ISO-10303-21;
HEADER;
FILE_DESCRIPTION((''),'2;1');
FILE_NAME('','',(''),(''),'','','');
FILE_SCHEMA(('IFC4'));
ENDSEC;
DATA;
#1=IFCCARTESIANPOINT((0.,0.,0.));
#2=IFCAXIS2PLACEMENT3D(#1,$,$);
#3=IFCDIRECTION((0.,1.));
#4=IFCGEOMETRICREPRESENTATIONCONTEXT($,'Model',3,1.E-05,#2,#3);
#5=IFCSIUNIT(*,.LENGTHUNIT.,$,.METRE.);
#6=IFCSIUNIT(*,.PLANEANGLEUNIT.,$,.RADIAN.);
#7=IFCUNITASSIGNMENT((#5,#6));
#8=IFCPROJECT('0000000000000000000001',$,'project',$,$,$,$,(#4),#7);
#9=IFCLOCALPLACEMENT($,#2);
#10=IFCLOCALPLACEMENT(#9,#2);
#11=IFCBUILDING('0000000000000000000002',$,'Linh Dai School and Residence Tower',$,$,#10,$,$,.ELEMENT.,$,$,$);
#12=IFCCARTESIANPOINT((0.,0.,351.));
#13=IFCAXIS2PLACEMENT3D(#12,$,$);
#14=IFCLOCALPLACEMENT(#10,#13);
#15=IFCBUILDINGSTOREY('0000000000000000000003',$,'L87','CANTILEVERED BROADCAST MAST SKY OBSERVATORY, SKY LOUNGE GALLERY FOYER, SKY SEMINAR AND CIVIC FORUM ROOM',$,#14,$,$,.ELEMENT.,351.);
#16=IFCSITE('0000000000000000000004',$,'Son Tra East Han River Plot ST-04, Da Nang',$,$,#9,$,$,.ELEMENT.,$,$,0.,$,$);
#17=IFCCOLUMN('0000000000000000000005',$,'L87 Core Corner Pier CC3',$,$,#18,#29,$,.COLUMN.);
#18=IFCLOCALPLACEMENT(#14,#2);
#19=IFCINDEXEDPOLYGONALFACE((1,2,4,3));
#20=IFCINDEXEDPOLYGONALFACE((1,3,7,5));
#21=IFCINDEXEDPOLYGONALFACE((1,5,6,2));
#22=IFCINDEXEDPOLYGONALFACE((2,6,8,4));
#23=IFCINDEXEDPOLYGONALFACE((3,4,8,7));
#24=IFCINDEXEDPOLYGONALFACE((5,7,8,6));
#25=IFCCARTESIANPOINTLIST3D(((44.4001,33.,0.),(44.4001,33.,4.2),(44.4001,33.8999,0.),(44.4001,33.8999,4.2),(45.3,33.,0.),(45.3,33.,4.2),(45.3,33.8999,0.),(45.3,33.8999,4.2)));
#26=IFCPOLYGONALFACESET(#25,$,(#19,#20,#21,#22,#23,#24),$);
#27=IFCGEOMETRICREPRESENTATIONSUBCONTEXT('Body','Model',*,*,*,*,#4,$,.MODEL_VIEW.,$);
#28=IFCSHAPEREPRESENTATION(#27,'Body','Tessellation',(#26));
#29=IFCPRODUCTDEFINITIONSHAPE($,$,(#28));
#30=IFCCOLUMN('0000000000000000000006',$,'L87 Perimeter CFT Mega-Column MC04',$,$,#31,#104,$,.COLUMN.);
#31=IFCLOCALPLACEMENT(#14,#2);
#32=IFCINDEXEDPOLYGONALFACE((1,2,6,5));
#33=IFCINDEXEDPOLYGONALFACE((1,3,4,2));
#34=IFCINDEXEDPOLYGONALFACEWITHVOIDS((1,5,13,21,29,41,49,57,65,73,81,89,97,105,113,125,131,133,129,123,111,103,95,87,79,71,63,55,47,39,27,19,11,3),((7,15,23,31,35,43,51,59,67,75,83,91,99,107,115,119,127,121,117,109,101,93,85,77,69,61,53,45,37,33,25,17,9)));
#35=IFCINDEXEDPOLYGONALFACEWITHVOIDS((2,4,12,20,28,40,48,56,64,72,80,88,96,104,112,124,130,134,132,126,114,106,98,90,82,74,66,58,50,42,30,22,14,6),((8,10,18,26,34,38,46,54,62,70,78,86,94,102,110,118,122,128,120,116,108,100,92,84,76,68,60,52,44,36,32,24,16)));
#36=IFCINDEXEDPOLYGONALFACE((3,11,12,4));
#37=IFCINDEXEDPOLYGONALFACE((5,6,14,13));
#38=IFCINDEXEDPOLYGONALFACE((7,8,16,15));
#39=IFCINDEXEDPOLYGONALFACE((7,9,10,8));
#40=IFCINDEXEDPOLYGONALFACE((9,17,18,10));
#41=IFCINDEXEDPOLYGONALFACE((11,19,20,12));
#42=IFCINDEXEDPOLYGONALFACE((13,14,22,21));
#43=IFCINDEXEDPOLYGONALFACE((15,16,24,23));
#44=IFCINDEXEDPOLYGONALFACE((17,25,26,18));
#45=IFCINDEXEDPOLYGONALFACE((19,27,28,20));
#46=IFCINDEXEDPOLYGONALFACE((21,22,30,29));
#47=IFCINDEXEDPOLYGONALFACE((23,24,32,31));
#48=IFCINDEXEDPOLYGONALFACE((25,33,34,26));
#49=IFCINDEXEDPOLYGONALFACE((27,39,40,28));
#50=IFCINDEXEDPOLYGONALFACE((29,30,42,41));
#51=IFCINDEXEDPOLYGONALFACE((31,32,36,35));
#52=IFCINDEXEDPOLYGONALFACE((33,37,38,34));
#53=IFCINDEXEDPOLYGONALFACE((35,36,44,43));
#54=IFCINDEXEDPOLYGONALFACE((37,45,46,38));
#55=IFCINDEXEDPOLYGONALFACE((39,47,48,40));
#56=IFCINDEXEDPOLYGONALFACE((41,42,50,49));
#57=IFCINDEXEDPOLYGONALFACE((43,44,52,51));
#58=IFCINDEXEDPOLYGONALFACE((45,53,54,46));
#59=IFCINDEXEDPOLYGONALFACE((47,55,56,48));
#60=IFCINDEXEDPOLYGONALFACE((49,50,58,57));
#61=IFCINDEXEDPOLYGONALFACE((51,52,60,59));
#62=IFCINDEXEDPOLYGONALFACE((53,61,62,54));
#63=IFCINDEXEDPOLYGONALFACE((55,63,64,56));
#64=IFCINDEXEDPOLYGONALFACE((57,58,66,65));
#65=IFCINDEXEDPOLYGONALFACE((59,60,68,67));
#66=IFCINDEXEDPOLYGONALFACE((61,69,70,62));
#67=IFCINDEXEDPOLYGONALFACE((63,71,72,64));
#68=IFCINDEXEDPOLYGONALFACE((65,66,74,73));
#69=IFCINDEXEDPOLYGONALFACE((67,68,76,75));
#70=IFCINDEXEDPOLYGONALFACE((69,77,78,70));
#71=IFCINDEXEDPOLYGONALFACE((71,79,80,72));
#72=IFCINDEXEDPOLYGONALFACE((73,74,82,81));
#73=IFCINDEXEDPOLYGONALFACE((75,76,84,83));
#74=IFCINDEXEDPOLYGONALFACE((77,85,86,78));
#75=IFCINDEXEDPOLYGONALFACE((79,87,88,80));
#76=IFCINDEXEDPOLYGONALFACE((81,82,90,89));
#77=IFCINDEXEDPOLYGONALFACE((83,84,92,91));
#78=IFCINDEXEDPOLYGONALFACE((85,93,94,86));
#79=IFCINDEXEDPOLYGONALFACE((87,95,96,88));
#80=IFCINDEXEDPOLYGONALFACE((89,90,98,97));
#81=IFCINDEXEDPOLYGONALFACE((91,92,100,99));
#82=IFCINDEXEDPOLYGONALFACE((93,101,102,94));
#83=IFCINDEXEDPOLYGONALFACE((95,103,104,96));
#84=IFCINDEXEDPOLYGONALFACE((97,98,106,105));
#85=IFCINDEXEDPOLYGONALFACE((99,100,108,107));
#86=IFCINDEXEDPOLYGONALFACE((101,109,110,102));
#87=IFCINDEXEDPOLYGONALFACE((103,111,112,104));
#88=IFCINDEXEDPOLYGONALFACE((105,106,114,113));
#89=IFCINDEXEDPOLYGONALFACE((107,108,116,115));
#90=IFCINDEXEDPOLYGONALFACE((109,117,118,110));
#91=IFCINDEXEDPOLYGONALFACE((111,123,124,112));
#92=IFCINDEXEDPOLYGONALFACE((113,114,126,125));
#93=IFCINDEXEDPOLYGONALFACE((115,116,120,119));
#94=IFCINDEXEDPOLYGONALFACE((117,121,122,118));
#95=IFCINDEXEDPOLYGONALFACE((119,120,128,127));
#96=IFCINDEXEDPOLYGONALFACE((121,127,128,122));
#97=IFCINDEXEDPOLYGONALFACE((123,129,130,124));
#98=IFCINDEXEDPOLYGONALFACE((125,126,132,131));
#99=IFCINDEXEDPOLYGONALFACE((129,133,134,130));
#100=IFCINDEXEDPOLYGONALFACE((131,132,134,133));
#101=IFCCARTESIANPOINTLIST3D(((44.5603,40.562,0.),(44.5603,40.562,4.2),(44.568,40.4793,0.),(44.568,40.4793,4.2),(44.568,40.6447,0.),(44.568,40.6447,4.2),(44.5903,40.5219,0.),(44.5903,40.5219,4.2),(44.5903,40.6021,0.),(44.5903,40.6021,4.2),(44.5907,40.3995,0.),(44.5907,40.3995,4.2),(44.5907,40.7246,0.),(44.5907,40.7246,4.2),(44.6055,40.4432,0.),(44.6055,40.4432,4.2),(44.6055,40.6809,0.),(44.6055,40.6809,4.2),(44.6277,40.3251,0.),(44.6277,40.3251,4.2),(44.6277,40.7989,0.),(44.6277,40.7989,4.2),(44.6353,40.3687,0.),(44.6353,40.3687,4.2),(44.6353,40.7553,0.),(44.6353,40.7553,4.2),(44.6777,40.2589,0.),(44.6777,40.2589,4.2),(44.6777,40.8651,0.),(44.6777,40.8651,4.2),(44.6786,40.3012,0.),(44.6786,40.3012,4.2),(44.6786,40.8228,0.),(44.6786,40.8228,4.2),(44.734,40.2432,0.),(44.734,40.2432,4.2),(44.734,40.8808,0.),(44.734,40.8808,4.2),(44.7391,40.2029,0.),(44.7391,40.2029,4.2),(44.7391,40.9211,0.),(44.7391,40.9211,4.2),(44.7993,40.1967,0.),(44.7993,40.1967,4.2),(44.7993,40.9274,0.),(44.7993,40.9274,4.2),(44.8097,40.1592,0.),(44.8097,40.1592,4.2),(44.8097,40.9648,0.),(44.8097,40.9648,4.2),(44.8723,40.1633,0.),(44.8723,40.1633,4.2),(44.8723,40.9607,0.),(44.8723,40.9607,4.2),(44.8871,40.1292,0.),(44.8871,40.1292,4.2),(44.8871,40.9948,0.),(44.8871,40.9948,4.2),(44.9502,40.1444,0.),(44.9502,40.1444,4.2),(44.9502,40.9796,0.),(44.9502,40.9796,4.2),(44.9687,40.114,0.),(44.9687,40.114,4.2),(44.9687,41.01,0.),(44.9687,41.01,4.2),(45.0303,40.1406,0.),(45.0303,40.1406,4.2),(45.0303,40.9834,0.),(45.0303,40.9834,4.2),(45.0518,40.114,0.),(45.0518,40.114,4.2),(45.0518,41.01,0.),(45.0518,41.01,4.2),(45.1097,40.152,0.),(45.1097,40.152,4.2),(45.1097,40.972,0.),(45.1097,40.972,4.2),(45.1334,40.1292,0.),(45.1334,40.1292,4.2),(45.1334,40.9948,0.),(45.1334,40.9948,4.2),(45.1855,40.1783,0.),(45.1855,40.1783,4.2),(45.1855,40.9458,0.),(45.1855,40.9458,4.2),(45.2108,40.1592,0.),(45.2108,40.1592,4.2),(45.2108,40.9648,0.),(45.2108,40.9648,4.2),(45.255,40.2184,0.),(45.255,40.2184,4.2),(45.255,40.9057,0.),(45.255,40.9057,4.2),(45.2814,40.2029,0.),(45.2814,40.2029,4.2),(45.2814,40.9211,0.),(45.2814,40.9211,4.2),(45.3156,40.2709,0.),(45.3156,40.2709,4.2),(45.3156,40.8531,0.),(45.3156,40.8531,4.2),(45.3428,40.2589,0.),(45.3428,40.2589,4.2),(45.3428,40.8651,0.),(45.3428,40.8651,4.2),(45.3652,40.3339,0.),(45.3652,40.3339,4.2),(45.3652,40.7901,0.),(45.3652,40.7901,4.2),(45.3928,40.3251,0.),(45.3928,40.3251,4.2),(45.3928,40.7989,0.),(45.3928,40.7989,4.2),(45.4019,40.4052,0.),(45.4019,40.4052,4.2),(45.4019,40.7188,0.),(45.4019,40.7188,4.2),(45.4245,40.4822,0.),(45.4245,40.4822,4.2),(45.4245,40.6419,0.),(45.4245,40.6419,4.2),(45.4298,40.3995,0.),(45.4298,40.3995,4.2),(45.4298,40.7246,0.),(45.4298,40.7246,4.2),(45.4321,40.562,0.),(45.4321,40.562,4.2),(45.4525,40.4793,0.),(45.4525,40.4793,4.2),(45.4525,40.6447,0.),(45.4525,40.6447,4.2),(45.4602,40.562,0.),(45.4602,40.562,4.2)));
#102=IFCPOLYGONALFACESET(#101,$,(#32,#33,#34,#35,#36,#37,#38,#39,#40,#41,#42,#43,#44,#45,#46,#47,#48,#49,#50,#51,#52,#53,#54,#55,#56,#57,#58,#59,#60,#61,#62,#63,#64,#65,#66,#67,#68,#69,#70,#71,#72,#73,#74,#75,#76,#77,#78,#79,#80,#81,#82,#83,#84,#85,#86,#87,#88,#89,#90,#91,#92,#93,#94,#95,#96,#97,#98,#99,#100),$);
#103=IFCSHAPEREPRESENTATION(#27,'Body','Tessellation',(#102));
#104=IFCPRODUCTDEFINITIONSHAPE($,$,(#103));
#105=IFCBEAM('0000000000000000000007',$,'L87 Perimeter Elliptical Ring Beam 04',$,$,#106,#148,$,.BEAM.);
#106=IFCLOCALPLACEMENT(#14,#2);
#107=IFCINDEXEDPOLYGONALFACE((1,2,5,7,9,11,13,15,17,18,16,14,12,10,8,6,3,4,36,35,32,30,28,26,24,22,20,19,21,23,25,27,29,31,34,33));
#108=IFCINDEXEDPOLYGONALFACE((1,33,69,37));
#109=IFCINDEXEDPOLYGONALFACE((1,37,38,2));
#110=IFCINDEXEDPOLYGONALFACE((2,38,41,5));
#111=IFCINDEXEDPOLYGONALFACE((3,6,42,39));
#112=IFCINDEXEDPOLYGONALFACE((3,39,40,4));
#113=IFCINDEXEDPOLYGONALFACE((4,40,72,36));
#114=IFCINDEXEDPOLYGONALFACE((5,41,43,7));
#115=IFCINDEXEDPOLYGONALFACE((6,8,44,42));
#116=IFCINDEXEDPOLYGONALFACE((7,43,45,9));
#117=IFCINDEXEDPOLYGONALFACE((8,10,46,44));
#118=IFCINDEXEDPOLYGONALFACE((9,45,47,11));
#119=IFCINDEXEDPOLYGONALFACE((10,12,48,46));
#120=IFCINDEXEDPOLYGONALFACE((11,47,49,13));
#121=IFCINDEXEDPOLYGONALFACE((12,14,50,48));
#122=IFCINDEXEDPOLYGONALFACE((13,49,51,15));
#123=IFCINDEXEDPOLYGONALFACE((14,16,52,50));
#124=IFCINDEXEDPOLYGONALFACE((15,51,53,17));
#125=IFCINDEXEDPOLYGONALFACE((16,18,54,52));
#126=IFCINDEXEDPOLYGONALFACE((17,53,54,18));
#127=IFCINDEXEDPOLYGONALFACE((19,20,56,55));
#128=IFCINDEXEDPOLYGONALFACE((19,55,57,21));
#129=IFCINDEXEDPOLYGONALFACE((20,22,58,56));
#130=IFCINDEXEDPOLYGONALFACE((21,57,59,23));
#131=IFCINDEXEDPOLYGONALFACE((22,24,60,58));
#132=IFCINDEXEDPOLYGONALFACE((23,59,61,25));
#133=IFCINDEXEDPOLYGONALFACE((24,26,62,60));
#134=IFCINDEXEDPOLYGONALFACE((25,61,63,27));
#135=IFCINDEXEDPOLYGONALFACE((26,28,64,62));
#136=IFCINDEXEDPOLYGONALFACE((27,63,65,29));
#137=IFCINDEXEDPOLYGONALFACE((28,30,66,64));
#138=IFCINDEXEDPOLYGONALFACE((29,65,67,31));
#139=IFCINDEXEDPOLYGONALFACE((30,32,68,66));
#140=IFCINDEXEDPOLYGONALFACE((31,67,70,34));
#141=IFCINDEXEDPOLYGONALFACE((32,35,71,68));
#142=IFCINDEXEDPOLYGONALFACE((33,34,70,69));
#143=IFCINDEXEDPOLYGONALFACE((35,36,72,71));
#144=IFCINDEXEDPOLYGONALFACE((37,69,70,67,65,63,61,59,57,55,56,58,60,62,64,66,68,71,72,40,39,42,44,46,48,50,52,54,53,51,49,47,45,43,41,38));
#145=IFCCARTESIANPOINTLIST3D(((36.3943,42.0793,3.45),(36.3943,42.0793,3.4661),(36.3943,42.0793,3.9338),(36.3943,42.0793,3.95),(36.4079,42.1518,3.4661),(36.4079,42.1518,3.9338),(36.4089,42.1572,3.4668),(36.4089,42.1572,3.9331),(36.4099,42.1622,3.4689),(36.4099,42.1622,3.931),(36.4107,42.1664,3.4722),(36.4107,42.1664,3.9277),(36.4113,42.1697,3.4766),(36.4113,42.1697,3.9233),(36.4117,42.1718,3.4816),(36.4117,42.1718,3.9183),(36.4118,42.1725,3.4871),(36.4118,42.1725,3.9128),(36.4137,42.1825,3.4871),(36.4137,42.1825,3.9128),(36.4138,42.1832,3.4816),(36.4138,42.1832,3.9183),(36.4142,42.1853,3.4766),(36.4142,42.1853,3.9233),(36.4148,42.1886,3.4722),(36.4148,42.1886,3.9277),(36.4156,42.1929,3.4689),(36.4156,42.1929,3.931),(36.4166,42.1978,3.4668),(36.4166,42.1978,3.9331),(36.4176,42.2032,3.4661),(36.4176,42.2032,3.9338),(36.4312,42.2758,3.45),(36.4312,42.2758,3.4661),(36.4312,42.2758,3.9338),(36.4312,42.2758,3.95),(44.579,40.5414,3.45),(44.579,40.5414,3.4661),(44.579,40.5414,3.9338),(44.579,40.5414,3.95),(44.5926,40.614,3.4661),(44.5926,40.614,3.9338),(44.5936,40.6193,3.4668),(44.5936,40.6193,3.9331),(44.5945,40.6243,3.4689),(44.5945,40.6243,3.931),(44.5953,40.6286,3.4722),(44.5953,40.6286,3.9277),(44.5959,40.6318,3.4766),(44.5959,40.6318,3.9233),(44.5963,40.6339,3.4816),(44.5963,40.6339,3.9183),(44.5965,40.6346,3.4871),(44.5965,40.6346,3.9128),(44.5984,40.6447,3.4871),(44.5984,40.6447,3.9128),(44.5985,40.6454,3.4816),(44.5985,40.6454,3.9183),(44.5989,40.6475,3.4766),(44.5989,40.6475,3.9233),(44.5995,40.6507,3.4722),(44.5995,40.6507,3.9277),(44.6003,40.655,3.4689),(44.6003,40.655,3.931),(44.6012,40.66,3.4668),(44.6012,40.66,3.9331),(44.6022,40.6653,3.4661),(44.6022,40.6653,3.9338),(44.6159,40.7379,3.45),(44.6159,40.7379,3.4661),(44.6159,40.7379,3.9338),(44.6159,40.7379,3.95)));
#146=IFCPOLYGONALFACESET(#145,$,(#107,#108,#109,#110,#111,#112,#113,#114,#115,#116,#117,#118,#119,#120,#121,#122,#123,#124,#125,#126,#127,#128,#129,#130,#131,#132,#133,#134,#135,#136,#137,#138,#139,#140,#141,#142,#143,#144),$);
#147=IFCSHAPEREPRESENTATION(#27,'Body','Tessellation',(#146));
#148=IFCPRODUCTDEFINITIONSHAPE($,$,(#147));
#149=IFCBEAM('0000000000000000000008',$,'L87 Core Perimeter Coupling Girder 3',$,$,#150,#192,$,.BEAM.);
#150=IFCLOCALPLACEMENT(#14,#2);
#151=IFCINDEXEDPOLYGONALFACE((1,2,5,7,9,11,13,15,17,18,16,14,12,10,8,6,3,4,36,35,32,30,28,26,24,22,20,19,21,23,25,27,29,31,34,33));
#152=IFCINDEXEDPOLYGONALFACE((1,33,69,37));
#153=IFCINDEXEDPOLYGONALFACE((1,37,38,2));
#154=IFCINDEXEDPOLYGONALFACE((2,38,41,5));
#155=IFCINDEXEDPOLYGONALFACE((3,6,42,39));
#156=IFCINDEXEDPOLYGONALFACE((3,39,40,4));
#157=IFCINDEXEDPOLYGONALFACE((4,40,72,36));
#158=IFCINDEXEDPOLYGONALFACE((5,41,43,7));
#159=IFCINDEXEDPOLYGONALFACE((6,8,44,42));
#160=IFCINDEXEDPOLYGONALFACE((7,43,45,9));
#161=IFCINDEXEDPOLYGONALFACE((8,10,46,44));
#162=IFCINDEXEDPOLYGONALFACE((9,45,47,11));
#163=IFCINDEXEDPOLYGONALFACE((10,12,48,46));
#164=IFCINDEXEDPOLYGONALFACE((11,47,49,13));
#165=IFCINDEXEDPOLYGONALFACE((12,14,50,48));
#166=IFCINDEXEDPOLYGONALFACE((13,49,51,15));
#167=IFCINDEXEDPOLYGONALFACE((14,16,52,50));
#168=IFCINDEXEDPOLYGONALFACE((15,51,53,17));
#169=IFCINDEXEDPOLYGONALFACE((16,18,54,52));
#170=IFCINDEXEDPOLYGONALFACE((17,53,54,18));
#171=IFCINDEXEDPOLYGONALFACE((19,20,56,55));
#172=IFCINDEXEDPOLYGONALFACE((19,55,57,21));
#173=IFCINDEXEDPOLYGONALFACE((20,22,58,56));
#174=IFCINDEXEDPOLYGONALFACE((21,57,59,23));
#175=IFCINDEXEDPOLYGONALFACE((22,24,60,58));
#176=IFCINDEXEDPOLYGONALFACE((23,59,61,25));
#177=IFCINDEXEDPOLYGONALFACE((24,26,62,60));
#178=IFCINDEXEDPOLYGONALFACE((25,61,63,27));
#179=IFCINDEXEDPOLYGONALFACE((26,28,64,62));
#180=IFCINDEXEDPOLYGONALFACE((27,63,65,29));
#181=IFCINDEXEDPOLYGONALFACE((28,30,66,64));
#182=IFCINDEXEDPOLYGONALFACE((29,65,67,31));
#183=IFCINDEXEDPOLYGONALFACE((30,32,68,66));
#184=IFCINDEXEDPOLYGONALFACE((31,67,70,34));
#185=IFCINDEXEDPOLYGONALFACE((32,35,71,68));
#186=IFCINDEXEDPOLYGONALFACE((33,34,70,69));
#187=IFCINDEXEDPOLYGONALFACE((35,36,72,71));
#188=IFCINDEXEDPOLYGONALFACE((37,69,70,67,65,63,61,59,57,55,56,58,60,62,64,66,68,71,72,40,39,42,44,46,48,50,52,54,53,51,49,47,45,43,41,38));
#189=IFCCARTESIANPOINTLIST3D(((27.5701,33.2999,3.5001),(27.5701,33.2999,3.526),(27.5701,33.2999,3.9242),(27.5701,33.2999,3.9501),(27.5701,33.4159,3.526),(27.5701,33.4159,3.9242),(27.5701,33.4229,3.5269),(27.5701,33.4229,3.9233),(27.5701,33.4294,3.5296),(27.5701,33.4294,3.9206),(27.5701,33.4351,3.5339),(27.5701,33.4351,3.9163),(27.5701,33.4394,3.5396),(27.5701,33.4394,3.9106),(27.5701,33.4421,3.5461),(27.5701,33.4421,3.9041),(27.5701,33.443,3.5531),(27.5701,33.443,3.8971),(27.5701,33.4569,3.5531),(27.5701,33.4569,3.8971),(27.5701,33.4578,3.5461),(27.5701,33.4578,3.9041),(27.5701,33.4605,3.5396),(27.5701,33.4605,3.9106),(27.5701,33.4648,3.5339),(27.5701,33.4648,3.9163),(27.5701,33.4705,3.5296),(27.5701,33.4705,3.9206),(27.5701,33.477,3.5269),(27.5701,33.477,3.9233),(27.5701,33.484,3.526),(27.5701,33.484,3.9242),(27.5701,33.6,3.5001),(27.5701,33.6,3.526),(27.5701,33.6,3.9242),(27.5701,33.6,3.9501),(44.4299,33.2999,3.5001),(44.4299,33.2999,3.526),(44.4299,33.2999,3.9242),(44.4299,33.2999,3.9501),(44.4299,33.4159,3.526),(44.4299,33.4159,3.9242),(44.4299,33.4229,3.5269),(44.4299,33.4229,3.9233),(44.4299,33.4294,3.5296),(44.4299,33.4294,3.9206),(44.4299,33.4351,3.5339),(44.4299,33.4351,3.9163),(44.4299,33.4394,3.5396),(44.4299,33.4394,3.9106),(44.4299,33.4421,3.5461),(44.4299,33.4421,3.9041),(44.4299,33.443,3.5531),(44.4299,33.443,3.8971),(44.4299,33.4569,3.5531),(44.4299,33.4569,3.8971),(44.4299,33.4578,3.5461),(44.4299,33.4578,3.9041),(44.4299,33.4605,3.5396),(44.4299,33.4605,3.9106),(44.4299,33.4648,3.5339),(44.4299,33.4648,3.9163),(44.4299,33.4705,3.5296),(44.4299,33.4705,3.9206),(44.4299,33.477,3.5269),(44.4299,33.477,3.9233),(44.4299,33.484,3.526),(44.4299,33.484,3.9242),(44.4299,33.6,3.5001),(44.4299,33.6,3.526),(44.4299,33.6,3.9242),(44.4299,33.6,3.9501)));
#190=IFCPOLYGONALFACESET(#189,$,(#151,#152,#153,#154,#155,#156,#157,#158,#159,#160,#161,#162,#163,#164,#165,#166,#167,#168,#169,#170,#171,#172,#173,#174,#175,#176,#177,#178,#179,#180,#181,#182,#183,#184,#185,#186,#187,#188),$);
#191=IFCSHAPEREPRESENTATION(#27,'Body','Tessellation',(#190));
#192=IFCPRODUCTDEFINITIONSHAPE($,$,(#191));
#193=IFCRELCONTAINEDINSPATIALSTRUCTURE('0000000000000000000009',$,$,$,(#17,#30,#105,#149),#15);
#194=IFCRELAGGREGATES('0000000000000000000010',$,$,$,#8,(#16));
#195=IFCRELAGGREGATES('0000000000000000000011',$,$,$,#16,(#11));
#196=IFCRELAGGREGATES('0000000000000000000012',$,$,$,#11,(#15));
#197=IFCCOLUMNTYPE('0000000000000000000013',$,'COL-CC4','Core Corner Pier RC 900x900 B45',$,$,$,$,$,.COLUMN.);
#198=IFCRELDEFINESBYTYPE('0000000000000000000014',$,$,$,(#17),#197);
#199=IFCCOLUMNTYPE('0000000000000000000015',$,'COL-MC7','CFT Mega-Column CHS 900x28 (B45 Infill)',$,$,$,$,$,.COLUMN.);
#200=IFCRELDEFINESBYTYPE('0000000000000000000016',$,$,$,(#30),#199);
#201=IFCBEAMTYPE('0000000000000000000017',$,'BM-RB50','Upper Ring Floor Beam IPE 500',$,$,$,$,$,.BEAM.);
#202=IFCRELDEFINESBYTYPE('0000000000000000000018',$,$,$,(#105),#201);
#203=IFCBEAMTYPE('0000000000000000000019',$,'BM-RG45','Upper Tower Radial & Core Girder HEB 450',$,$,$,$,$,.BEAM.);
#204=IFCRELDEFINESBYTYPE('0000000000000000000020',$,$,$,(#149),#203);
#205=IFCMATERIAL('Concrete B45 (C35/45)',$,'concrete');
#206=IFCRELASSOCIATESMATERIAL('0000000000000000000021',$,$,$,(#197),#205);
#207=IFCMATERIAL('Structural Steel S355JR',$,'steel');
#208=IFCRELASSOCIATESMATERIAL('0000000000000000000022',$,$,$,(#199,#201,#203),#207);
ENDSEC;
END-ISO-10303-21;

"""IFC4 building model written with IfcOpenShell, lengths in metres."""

from ifc_helpers import new_model, si_unit, direction, frame, origin, origin_2d, place, context, subcontext, project, spatial, rectangle, hollow_circle, i_section, extrude, material, material_profile, profile_set, type_object, element, save


model = new_model("IFC4")

# Units and contexts
model_context = context("Model", 3, precision=1e-05, world=origin(), true_north=direction((0.0, 1.0)))
body_context = subcontext(model_context, "Body", "Model", "MODEL_VIEW")
ifc_project = project(units=[si_unit("LENGTHUNIT", "METRE"), si_unit("PLANEANGLEUNIT", "RADIAN")], contexts=[model_context])

# Site, building, storey
site_placement = place(None, origin())
site = spatial("IfcSite", under=ifc_project, at=site_placement, Name="Son Tra East Han River Plot ST-04, Da Nang", CompositionType="ELEMENT", RefElevation=0.0)
building_placement = place(site_placement, origin())
building = spatial("IfcBuilding", under=site, at=building_placement, Name="Linh Dai School and Residence Tower", CompositionType="ELEMENT")
storey_placement = place(building_placement, frame((0.0, 0.0, 351.0)))
storey = spatial("IfcBuildingStorey", under=building, at=storey_placement, Name="L87", Description="CANTILEVERED BROADCAST MAST SKY OBSERVATORY, SKY LOUNGE GALLERY FOYER, SKY SEMINAR AND CIVIC FORUM ROOM", CompositionType="ELEMENT", Elevation=351.0)

# Columns
ifc_material_1 = material(Name="Concrete B45 (C35/45)", Category="concrete")
ifc_material_profile_1 = material_profile(ifc_material_1, rectangle(XDim=0.8999, YDim=0.8999, at=origin_2d()), Name="RC 900x900")
ifc_profile_set_1 = profile_set([ifc_material_profile_1], Name="Concrete B45 (C35/45)")
column_type_1 = type_object("IfcColumnType", Name="COL-CC4", Description="Core Corner Pier RC 900x900 B45", PredefinedType="COLUMN", material=ifc_profile_set_1)
column_1_placement = place(storey_placement, frame((44.8501, 33.45, 0.0), z_axis=(0.0, 0.0, 1.0), x_axis=(1.0, 0.0, 0.0)))
element("IfcColumn", 1, at=column_1_placement, inside=storey, type_object=column_type_1, Name="L87 Core Corner Pier CC3", PredefinedType="COLUMN", context=body_context, shape_type="SweptSolid", body=[
    extrude(rectangle(XDim=0.8999, YDim=0.8999, at=origin_2d()), origin(), (0.0, 0.0, 1.0), 4.2),
])
ifc_material_2 = material(Name="Structural Steel S355JR", Category="steel")
ifc_material_profile_2 = material_profile(ifc_material_2, hollow_circle(Radius=0.45, WallThickness=0.0281, at=origin_2d()), Name="CHS 900x28")
ifc_profile_set_2 = profile_set([ifc_material_profile_2], Name="Structural Steel S355JR")
column_type_2 = type_object("IfcColumnType", Name="COL-MC7", Description="CFT Mega-Column CHS 900x28 (B45 Infill)", PredefinedType="COLUMN", material=ifc_profile_set_2)
column_2_placement = place(storey_placement, frame((45.0103, 40.562, 0.0), z_axis=(0.0, 0.0, 1.0), x_axis=(1.0, 0.0, 0.0)))
element("IfcColumn", 2, at=column_2_placement, inside=storey, type_object=column_type_2, Name="L87 Perimeter CFT Mega-Column MC04", PredefinedType="COLUMN", context=body_context, shape_type="SweptSolid", body=[
    extrude(hollow_circle(Radius=0.45, WallThickness=0.0281, at=origin_2d()), origin(), (0.0, 0.0, 1.0), 4.2),
])

# Beams
ifc_material_profile_3 = material_profile(ifc_material_2, i_section(OverallWidth=0.2, OverallDepth=0.5, WebThickness=0.0103, FlangeThickness=0.0161, FilletRadius=0.021, at=origin_2d()), Name="IPE 500")
ifc_profile_set_3 = profile_set([ifc_material_profile_3], Name="Structural Steel S355JR")
beam_type_1 = type_object("IfcBeamType", Name="BM-RB50", Description="Upper Ring Floor Beam IPE 500", PredefinedType="BEAM", material=ifc_profile_set_3)
beam_1_placement = place(storey_placement, frame((44.5974, 40.6396, 3.7), z_axis=(-0.982802, 0.184664, 0.0), x_axis=(-0.184664, -0.982802, 0.0)))
element("IfcBeam", 3, at=beam_1_placement, inside=storey, type_object=beam_type_1, Name="L87 Perimeter Elliptical Ring Beam 04", PredefinedType="BEAM", context=body_context, shape_type="SweptSolid", body=[
    extrude(i_section(OverallWidth=0.2, OverallDepth=0.5, WebThickness=0.0103, FlangeThickness=0.0161, FilletRadius=0.021, at=origin_2d()), origin(), (0.0, 0.0, 1.0), 8.3279),
])
ifc_material_profile_4 = material_profile(ifc_material_2, i_section(OverallWidth=0.3, OverallDepth=0.45, WebThickness=0.0139, FlangeThickness=0.0259, FilletRadius=0.0271, at=origin_2d()), Name="HEB 450")
ifc_profile_set_4 = profile_set([ifc_material_profile_4], Name="Structural Steel S355JR")
beam_type_2 = type_object("IfcBeamType", Name="BM-RG45", Description="Upper Tower Radial & Core Girder HEB 450", PredefinedType="BEAM", material=ifc_profile_set_4)
beam_2_placement = place(storey_placement, frame((44.4299, 33.45, 3.7251), z_axis=(-1.0, 0.0, 0.0), x_axis=(0.0, -1.0, 0.0)))
element("IfcBeam", 4, at=beam_2_placement, inside=storey, type_object=beam_type_2, Name="L87 Core Perimeter Coupling Girder 3", PredefinedType="BEAM", context=body_context, shape_type="SweptSolid", body=[
    extrude(i_section(OverallWidth=0.3, OverallDepth=0.45, WebThickness=0.0139, FlangeThickness=0.0259, FilletRadius=0.0271, at=origin_2d()), origin(), (0.0, 0.0, 1.0), 16.8599),
])

save(model, "model.ifc")
